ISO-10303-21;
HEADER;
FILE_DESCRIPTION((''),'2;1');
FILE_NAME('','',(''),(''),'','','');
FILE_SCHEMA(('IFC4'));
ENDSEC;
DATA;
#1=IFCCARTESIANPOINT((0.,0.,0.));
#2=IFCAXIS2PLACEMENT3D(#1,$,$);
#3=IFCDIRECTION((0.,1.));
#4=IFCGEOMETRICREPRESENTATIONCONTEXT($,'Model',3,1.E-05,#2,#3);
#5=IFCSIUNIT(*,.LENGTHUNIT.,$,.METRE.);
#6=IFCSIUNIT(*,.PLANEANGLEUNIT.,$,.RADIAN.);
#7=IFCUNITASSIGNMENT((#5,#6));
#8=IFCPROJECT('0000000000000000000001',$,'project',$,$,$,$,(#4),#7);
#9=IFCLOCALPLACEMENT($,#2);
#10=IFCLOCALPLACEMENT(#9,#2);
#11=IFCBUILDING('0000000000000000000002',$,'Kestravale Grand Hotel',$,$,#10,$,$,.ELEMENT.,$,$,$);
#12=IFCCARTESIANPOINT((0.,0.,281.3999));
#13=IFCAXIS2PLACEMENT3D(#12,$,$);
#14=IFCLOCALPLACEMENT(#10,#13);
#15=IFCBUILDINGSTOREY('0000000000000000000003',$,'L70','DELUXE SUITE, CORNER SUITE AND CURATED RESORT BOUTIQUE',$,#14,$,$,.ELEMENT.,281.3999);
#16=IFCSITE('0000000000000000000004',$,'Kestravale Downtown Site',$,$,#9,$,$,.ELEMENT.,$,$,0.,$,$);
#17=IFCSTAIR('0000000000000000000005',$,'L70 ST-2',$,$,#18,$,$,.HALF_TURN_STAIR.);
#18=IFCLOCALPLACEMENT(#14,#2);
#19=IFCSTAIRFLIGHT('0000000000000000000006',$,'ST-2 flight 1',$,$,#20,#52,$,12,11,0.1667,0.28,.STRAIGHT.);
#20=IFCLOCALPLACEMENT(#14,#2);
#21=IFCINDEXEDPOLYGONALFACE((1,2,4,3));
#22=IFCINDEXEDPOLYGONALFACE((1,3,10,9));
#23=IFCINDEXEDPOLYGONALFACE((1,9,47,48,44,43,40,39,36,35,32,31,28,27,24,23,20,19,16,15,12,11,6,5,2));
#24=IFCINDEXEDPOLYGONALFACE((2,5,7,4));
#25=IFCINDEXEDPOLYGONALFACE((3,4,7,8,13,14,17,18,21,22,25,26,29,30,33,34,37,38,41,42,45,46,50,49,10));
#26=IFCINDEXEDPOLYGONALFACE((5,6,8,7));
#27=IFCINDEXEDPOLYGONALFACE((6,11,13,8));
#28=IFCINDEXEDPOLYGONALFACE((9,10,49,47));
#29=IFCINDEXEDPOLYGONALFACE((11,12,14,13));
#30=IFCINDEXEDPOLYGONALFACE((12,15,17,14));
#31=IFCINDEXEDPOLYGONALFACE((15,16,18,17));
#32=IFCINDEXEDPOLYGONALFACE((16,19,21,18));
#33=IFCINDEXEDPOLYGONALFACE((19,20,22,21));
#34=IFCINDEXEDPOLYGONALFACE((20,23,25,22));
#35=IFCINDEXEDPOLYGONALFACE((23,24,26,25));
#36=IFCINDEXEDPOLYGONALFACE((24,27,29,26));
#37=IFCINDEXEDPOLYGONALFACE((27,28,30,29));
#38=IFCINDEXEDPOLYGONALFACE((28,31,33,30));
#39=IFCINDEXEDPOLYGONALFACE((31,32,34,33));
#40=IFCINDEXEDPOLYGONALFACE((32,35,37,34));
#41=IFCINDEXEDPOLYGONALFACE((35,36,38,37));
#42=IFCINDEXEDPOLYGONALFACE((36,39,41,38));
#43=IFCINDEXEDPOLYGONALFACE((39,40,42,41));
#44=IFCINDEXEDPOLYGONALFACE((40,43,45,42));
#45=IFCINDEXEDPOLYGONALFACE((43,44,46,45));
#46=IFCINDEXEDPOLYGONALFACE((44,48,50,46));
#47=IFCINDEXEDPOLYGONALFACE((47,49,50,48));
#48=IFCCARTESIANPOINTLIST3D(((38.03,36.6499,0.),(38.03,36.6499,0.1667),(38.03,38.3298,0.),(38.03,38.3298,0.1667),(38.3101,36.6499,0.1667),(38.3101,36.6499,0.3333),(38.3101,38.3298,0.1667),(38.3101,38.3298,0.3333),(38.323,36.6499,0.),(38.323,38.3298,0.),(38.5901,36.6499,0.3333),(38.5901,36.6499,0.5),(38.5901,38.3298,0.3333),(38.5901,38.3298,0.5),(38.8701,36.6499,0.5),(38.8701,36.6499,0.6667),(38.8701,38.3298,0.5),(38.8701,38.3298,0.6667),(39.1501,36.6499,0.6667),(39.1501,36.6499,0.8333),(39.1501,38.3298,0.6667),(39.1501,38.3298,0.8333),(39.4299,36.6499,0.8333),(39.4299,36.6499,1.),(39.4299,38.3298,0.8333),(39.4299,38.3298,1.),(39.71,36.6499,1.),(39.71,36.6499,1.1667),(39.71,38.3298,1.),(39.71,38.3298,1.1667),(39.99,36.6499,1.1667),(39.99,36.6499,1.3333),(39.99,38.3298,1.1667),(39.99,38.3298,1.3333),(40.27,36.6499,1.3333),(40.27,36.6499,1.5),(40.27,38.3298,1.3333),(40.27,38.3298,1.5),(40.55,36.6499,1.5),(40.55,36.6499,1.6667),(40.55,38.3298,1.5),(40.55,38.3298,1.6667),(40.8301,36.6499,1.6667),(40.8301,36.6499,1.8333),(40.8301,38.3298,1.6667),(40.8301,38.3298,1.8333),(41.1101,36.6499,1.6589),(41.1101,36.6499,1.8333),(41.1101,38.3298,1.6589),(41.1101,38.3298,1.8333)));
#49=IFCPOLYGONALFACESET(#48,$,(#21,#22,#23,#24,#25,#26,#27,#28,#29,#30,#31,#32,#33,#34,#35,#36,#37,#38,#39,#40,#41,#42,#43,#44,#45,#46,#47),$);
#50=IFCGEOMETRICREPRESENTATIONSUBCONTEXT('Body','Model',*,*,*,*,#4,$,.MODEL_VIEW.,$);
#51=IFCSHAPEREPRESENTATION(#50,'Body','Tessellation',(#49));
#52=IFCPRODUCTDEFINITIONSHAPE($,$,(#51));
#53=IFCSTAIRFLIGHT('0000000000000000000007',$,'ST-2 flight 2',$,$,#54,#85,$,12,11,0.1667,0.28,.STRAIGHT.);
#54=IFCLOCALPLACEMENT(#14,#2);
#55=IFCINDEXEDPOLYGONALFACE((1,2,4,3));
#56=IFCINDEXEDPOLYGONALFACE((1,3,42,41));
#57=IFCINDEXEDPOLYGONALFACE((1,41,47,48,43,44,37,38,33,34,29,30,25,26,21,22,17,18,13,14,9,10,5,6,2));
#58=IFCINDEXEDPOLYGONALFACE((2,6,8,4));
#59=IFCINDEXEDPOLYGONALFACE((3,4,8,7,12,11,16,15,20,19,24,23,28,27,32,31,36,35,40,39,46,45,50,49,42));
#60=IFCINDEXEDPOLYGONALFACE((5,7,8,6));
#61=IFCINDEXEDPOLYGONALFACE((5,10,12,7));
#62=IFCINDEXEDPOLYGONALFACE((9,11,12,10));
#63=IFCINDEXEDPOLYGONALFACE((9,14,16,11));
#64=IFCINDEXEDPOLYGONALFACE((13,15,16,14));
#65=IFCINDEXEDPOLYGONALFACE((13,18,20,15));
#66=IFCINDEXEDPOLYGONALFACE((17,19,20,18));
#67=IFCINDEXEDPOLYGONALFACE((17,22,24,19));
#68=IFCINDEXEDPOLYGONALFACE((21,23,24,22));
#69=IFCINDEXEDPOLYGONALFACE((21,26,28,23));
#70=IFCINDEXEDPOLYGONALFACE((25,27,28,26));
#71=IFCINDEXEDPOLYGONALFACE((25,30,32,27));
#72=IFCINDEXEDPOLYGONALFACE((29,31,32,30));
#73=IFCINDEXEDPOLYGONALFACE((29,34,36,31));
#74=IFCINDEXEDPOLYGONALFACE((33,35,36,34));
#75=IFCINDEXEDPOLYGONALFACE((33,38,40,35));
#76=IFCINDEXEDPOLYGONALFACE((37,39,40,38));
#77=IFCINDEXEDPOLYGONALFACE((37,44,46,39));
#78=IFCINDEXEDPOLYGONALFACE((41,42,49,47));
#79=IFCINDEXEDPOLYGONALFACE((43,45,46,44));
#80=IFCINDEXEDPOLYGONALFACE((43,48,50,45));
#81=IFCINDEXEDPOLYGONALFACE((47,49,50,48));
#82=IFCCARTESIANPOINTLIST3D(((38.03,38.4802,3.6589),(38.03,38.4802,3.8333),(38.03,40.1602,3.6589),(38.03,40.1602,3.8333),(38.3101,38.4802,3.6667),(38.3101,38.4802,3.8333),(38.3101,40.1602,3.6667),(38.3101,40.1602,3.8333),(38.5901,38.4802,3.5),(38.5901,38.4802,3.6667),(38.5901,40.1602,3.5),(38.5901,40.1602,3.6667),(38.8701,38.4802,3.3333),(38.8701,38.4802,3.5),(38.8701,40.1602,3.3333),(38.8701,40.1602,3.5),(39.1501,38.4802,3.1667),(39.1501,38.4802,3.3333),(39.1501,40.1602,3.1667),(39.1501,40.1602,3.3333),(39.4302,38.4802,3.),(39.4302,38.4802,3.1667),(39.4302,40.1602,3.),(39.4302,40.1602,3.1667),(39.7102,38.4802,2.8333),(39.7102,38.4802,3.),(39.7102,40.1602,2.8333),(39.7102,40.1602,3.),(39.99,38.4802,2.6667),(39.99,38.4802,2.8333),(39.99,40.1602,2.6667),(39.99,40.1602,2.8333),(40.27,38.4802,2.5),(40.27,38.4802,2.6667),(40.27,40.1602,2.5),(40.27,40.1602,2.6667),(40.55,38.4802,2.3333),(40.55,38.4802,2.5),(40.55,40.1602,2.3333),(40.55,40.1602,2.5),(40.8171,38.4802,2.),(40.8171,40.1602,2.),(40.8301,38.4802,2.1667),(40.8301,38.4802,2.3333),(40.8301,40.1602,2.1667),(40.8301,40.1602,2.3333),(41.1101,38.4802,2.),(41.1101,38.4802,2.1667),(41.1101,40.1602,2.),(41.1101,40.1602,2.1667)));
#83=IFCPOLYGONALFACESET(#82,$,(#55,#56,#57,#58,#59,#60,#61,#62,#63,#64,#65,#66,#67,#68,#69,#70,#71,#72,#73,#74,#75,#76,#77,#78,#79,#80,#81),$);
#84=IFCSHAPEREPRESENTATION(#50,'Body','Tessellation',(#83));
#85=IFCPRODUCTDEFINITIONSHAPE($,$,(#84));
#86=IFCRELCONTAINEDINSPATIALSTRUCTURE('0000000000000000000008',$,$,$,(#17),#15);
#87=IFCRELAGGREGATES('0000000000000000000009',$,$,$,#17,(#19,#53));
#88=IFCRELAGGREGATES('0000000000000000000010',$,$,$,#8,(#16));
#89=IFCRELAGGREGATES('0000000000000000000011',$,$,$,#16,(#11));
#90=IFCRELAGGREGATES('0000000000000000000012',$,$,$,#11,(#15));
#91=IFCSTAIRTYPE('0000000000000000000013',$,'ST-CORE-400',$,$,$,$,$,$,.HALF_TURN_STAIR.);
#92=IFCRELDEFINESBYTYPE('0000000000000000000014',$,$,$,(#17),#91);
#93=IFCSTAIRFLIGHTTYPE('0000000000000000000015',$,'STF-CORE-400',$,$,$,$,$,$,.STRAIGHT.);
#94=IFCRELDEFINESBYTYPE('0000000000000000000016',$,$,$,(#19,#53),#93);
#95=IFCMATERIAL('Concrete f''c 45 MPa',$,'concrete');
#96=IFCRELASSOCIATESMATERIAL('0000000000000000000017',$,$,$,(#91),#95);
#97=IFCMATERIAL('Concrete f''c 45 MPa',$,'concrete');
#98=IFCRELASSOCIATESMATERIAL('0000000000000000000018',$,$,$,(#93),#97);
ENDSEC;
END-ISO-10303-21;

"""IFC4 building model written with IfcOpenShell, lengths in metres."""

from ifc_helpers import new_model, si_unit, direction, frame, origin, place, context, subcontext, project, spatial, polyline, outline, extrude, material, type_object, element, aggregate, save


model = new_model("IFC4")

# Units and contexts
model_context = context("Model", 3, precision=1e-05, world=origin(), true_north=direction((0.0, 1.0)))
body_context = subcontext(model_context, "Body", "Model", "MODEL_VIEW")
ifc_project = project(units=[si_unit("LENGTHUNIT", "METRE"), si_unit("PLANEANGLEUNIT", "RADIAN")], contexts=[model_context])

# Site, building, storey
site_placement = place(None, origin())
site = spatial("IfcSite", under=ifc_project, at=site_placement, Name="Kestravale Downtown Site", CompositionType="ELEMENT", RefElevation=0.0)
building_placement = place(site_placement, origin())
building = spatial("IfcBuilding", under=site, at=building_placement, Name="Kestravale Grand Hotel", CompositionType="ELEMENT")
storey_placement = place(building_placement, frame((0.0, 0.0, 281.3999)))
storey = spatial("IfcBuildingStorey", under=building, at=storey_placement, Name="L70", Description="DELUXE SUITE, CORNER SUITE AND CURATED RESORT BOUTIQUE", CompositionType="ELEMENT", Elevation=281.3999)

# Stair, stair flights
ifc_material_1 = material(Name="Concrete f'c 45 MPa", Category="concrete")
stair_type = type_object("IfcStairType", Name="ST-CORE-400", PredefinedType="HALF_TURN_STAIR", material=ifc_material_1)
stair_placement = place(storey_placement, origin())
stair = element("IfcStair", 1, at=stair_placement, inside=storey, type_object=stair_type, Name="L70 ST-2", PredefinedType="HALF_TURN_STAIR")
ifc_material_2 = material(Name="Concrete f'c 45 MPa", Category="concrete")
stair_flight_type = type_object("IfcStairFlightType", Name="STF-CORE-400", PredefinedType="STRAIGHT", material=ifc_material_2)
stair_flight_1_placement = place(storey_placement, frame((38.03, 37.49, 0.0), z_axis=(0.0, 0.0, 1.0), x_axis=(1.0, 0.0, 0.0)))
stair_flight_1 = element("IfcStairFlight", 2, at=stair_flight_1_placement, type_object=stair_flight_type, Name="ST-2 flight 1", NumberOfRisers=12, NumberOfTreads=11, PredefinedType="STRAIGHT", RiserHeight=0.1667, TreadLength=0.28, context=body_context, shape_type="SweptSolid", body=[
    extrude(outline(polyline([(0.0, 0.0), (0.0, 0.1667), (0.28, 0.1667), (0.28, 0.3333), (0.5601, 0.3333), (0.5601, 0.5), (0.8401, 0.5), (0.8401, 0.6667), (1.1201, 0.6667), (1.1201, 0.8333), (1.3999, 0.8333), (1.3999, 1.0), (1.6799, 1.0), (1.6799, 1.1667), (1.96, 1.1667), (1.96, 1.3333), (2.24, 1.3333), (2.24, 1.5), (2.52, 1.5), (2.52, 1.6667), (2.8, 1.6667), (2.8, 1.8333), (3.0801, 1.8333), (3.0801, 2.0), (3.0801, 1.6589), (0.293, 0.0), (0.0, 0.0)])), frame((0.0, 0.8398, 0.0), z_axis=(0.0, -1.0, 0.0), x_axis=(1.0, 0.0, 0.0)), (0.0, 0.0, 1.0), 1.6799),
])
stair_flight_2_placement = place(storey_placement, frame((41.1101, 39.3201, 2.0), z_axis=(0.0, 0.0, 1.0), x_axis=(-1.0, 0.0, 0.0)))
stair_flight_2 = element("IfcStairFlight", 3, at=stair_flight_2_placement, type_object=stair_flight_type, Name="ST-2 flight 2", NumberOfRisers=12, NumberOfTreads=11, PredefinedType="STRAIGHT", RiserHeight=0.1667, TreadLength=0.28, context=body_context, shape_type="SweptSolid", body=[
    extrude(outline(polyline([(0.0, 0.0), (0.0, 0.1667), (0.28, 0.1667), (0.28, 0.3333), (0.5601, 0.3333), (0.5601, 0.5), (0.8401, 0.5), (0.8401, 0.6667), (1.1201, 0.6667), (1.1201, 0.8333), (1.3999, 0.8333), (1.3999, 1.0), (1.6799, 1.0), (1.6799, 1.1667), (1.96, 1.1667), (1.96, 1.3333), (2.24, 1.3333), (2.24, 1.5), (2.52, 1.5), (2.52, 1.6667), (2.8, 1.6667), (2.8, 1.8333), (3.0801, 1.8333), (3.0801, 2.0), (3.0801, 1.6589), (0.293, 0.0), (0.0, 0.0)])), frame((0.0, 0.8398, 0.0), z_axis=(0.0, -1.0, 0.0), x_axis=(1.0, 0.0, 0.0)), (0.0, 0.0, 1.0), 1.6799),
])
aggregate(stair, [stair_flight_1, stair_flight_2])

save(model, "model.ifc")
